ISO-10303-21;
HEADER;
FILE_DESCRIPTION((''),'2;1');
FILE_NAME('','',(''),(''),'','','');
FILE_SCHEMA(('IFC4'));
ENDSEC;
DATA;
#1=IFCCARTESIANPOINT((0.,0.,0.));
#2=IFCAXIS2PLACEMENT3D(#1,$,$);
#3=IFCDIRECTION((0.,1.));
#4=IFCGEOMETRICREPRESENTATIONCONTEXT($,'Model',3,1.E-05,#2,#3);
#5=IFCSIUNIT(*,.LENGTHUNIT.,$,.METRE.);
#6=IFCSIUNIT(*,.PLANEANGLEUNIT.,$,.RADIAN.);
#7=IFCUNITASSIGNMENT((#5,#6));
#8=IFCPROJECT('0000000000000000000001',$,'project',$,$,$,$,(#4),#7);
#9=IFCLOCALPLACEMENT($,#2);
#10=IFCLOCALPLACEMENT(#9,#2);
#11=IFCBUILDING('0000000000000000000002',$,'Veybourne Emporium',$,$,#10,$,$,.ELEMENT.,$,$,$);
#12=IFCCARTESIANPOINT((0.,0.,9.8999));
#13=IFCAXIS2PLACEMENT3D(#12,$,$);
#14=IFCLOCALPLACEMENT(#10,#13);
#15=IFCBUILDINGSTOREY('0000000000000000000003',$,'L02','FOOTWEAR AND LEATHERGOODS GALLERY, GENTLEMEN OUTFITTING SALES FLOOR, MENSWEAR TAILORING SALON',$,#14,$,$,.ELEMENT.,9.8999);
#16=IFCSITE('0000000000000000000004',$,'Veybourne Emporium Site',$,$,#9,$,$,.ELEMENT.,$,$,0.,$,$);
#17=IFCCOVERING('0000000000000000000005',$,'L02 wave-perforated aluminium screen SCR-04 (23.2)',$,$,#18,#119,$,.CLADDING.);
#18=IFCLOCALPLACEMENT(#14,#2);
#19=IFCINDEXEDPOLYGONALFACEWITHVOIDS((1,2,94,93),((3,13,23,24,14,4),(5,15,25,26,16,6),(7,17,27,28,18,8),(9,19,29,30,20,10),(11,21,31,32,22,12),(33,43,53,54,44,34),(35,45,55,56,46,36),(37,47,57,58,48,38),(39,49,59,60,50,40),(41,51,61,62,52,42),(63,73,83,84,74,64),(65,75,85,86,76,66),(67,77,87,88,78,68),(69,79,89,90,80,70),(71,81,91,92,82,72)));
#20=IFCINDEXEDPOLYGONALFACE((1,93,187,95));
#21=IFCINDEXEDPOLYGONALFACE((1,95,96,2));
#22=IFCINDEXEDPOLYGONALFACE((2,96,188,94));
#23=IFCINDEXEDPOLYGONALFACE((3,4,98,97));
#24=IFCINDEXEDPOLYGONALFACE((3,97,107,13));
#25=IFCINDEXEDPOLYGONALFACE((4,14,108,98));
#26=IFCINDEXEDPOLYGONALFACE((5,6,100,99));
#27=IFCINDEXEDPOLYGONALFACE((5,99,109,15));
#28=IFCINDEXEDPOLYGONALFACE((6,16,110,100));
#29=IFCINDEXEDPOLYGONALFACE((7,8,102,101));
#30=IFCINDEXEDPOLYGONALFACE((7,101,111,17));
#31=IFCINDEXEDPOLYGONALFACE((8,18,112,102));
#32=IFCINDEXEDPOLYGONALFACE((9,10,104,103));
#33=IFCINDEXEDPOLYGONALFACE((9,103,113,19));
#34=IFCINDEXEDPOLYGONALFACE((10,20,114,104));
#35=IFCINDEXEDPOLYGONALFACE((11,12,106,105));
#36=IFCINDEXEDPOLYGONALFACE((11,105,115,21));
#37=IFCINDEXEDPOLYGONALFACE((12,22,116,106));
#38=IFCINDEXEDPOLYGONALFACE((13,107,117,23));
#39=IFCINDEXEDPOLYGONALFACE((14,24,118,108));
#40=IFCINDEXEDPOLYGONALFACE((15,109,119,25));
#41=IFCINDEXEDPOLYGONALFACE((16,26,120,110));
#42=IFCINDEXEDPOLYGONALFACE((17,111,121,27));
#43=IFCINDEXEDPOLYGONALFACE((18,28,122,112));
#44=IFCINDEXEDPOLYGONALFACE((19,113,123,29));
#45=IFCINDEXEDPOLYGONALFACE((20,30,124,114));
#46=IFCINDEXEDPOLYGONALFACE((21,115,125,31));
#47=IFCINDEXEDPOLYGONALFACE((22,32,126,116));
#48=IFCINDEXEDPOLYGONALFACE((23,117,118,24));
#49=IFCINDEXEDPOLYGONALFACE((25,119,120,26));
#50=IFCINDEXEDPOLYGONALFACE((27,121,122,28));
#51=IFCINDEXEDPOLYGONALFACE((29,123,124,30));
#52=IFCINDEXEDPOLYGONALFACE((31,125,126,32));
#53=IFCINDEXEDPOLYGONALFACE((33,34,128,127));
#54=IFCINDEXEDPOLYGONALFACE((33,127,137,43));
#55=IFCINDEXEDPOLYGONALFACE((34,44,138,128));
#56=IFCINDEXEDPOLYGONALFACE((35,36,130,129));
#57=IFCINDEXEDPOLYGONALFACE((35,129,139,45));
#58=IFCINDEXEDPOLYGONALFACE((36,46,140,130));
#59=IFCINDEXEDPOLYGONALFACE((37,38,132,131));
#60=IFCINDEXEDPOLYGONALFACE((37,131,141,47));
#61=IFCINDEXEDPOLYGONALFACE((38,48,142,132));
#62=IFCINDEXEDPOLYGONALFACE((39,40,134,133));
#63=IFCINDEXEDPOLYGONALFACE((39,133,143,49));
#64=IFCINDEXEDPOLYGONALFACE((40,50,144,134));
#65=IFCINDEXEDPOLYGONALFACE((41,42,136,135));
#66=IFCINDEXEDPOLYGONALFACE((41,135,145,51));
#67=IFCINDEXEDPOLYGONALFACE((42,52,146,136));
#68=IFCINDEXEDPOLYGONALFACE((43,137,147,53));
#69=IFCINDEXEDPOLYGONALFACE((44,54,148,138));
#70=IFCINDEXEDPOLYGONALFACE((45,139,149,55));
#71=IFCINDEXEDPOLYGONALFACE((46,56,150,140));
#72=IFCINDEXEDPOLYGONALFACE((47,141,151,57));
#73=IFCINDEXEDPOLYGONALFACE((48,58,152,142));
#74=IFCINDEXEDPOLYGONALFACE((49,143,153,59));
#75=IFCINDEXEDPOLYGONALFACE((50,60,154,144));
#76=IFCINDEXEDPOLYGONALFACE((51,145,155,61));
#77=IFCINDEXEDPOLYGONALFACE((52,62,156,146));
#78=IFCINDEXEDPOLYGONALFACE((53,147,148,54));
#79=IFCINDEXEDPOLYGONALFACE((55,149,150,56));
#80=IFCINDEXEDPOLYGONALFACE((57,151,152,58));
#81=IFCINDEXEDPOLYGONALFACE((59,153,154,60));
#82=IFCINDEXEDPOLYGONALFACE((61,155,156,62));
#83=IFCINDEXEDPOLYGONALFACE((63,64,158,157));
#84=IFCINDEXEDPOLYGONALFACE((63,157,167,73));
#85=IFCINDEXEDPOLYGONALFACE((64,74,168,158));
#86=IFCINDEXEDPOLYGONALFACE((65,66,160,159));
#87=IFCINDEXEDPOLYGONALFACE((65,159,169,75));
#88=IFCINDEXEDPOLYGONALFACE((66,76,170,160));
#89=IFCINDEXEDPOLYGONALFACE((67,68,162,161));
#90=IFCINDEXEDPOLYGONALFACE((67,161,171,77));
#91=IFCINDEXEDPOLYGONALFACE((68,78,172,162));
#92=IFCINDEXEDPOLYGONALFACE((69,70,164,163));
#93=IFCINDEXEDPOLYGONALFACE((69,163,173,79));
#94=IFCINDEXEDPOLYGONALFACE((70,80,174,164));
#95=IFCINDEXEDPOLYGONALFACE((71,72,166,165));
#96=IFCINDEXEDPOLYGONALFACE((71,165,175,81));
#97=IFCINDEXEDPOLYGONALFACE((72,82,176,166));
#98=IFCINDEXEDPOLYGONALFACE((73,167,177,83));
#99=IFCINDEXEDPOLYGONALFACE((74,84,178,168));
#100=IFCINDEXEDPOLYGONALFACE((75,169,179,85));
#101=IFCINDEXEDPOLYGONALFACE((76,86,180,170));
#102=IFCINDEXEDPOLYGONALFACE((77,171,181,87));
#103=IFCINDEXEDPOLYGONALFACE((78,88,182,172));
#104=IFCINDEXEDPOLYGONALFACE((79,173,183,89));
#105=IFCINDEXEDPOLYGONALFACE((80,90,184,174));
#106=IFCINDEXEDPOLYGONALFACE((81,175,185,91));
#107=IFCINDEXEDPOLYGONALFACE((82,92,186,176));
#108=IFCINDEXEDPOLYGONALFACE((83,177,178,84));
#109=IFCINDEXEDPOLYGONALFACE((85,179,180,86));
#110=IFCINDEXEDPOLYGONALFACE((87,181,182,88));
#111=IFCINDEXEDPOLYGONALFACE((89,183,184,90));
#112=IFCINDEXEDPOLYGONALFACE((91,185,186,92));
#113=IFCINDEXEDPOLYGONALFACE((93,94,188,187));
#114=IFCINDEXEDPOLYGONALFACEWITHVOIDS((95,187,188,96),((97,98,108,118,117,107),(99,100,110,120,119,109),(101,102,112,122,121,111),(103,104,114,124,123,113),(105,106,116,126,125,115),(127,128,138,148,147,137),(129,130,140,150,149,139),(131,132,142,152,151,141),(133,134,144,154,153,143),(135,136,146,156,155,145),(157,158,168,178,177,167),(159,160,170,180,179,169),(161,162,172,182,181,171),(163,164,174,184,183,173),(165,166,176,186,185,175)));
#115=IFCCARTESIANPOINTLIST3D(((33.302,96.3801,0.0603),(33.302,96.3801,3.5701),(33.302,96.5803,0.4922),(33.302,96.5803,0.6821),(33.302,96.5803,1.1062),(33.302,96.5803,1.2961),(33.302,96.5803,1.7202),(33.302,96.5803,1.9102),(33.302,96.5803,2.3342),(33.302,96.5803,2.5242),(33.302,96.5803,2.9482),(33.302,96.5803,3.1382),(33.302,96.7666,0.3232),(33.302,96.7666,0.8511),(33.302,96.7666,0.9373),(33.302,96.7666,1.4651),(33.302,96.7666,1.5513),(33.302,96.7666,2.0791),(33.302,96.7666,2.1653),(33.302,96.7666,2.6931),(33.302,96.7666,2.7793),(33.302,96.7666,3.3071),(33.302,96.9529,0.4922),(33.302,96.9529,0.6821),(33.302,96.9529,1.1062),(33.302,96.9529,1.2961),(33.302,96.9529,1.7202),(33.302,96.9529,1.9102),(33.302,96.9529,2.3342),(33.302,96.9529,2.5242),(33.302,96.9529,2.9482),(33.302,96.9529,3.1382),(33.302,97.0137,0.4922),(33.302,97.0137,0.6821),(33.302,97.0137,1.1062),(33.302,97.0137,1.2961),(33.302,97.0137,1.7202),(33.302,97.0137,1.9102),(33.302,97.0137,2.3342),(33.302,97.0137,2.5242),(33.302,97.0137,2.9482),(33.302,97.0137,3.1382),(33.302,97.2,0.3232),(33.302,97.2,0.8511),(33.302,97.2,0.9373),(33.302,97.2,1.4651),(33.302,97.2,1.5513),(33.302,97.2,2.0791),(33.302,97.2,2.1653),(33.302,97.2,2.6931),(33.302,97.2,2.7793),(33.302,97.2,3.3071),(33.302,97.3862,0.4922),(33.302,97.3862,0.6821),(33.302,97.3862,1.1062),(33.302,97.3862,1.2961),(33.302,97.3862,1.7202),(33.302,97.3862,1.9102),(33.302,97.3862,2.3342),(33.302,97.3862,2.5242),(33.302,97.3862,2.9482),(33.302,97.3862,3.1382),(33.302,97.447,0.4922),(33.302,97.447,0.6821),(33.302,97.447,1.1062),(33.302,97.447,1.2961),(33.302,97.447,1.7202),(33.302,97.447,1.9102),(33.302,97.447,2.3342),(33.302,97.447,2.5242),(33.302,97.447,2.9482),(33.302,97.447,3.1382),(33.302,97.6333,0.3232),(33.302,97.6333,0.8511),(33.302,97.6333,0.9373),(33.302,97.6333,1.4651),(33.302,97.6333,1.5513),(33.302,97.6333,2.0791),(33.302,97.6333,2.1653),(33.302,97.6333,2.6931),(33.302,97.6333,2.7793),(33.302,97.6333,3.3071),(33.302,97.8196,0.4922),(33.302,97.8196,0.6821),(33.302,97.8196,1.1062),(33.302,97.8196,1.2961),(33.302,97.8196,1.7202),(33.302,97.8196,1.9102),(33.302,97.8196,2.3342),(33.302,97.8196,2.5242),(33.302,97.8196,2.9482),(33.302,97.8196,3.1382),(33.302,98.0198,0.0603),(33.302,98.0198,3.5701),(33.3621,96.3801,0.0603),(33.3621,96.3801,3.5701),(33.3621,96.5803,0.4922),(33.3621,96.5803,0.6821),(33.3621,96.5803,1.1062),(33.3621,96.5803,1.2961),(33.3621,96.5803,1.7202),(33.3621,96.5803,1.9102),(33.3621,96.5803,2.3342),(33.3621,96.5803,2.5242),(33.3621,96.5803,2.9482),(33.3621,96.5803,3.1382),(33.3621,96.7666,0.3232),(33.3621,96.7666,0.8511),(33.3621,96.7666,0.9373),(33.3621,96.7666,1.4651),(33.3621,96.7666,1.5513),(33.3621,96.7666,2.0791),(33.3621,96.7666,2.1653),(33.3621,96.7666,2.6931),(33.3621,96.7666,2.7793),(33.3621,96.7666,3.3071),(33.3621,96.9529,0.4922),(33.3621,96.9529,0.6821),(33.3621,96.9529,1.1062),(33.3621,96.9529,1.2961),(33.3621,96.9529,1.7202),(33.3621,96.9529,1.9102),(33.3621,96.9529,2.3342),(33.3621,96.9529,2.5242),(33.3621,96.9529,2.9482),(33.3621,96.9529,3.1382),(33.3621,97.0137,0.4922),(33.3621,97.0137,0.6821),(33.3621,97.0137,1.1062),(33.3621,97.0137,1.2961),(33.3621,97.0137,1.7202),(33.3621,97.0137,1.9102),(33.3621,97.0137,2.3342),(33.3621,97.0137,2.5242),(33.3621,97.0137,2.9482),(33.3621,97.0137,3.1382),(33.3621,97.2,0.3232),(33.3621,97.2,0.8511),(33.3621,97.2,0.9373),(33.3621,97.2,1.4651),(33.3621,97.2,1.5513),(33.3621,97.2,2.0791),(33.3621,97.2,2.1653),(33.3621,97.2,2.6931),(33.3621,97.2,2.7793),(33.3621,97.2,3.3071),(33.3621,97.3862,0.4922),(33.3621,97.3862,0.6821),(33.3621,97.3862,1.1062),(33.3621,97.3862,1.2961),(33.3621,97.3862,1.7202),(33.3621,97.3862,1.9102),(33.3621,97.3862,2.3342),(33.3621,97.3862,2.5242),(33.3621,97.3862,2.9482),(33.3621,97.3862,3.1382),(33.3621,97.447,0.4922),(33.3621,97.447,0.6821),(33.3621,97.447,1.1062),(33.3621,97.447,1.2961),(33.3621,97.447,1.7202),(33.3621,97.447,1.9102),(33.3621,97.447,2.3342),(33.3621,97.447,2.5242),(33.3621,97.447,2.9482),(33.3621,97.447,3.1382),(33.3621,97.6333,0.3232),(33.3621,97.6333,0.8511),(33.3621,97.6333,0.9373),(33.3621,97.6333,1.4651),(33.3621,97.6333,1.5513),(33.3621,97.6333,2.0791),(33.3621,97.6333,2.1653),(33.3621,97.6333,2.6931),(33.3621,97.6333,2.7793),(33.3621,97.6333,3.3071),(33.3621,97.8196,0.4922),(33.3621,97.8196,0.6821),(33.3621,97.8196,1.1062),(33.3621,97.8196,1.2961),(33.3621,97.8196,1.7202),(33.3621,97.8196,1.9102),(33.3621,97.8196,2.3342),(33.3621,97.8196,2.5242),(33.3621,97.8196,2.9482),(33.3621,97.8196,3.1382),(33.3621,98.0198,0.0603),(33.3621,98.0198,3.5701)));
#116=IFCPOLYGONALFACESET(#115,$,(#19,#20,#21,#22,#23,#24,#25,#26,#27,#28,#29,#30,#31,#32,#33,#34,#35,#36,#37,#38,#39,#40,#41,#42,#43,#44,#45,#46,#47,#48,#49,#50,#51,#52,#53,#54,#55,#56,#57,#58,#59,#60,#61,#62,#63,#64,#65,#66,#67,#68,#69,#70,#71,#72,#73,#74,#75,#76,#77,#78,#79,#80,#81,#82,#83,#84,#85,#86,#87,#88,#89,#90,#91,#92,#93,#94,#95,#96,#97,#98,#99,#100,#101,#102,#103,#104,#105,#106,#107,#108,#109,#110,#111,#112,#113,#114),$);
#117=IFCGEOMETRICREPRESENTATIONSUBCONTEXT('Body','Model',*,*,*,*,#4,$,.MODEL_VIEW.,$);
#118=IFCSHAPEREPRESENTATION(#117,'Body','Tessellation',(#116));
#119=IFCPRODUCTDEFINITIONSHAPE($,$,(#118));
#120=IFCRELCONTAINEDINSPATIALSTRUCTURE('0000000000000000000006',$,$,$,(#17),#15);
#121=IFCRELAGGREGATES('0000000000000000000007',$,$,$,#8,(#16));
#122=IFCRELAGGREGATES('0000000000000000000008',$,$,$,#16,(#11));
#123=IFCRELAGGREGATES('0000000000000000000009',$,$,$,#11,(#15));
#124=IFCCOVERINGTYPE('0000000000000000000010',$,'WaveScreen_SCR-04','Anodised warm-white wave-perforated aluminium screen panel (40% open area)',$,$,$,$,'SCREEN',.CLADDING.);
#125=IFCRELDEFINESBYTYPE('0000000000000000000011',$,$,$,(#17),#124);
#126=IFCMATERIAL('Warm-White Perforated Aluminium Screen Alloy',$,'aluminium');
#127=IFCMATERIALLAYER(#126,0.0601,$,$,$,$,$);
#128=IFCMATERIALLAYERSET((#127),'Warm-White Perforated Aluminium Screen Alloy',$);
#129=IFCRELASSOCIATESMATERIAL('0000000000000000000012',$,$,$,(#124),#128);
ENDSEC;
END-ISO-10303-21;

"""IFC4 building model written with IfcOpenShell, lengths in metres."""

from ifc_helpers import new_model, si_unit, direction, frame, origin, place, context, subcontext, project, spatial, polyline, outline, extrude, material, layer, layer_set, type_object, element, save


model = new_model("IFC4")

# Units and contexts
model_context = context("Model", 3, precision=1e-05, world=origin(), true_north=direction((0.0, 1.0)))
body_context = subcontext(model_context, "Body", "Model", "MODEL_VIEW")
ifc_project = project(units=[si_unit("LENGTHUNIT", "METRE"), si_unit("PLANEANGLEUNIT", "RADIAN")], contexts=[model_context])

# Site, building, storey
site_placement = place(None, origin())
site = spatial("IfcSite", under=ifc_project, at=site_placement, Name="Veybourne Emporium Site", CompositionType="ELEMENT", RefElevation=0.0)
building_placement = place(site_placement, origin())
building = spatial("IfcBuilding", under=site, at=building_placement, Name="Veybourne Emporium", CompositionType="ELEMENT")
storey_placement = place(building_placement, frame((0.0, 0.0, 9.8999)))
storey = spatial("IfcBuildingStorey", under=building, at=storey_placement, Name="L02", Description="FOOTWEAR AND LEATHERGOODS GALLERY, GENTLEMEN OUTFITTING SALES FLOOR, MENSWEAR TAILORING SALON", CompositionType="ELEMENT", Elevation=9.8999)

# Covering
ifc_material_1 = material(Name="Warm-White Perforated Aluminium Screen Alloy", Category="aluminium")
ifc_layer_1 = layer(ifc_material_1, 0.0601)
ifc_layer_set_1 = layer_set([ifc_layer_1], Name="Warm-White Perforated Aluminium Screen Alloy")
covering_type_1 = type_object("IfcCoveringType", Name="WaveScreen_SCR-04", Description="Anodised warm-white wave-perforated aluminium screen panel (40% open area)", ElementType="SCREEN", PredefinedType="CLADDING", material=ifc_layer_set_1)
covering_1_placement = place(storey_placement, frame((33.302, 97.2, 1.8152), z_axis=(1.0, 0.0, 0.0), x_axis=(0.0, 1.0, 0.0)))
element("IfcCovering", 1, at=covering_1_placement, inside=storey, type_object=covering_type_1, Name="L02 wave-perforated aluminium screen SCR-04 (23.2)", PredefinedType="CLADDING", context=body_context, shape_type="SweptSolid", body=[
    extrude(outline(polyline([(-0.8198, -1.7549), (0.8198, -1.7549), (0.8198, 1.7549), (-0.8198, 1.7549), (-0.8198, -1.7549)]), holes=[polyline([(-0.4333, -0.9641), (-0.2471, -1.1331), (-0.2471, -1.323), (-0.4333, -1.4919), (-0.6196, -1.323), (-0.6196, -1.1331), (-0.4333, -0.9641)]), polyline([(-0.4333, -0.3501), (-0.2471, -0.519), (-0.2471, -0.709), (-0.4333, -0.8779), (-0.6196, -0.709), (-0.6196, -0.519), (-0.4333, -0.3501)]), polyline([(-0.4333, 0.2639), (-0.2471, 0.095), (-0.2471, -0.095), (-0.4333, -0.2639), (-0.6196, -0.095), (-0.6196, 0.095), (-0.4333, 0.2639)]), polyline([(-0.4333, 0.8779), (-0.2471, 0.709), (-0.2471, 0.519), (-0.4333, 0.3501), (-0.6196, 0.519), (-0.6196, 0.709), (-0.4333, 0.8779)]), polyline([(-0.4333, 1.4919), (-0.2471, 1.323), (-0.2471, 1.1331), (-0.4333, 0.9641), (-0.6196, 1.1331), (-0.6196, 1.323), (-0.4333, 1.4919)]), polyline([(0.0, -0.9641), (0.1863, -1.1331), (0.1863, -1.323), (0.0, -1.4919), (-0.1863, -1.323), (-0.1863, -1.1331), (0.0, -0.9641)]), polyline([(0.0, -0.3501), (0.1863, -0.519), (0.1863, -0.709), (0.0, -0.8779), (-0.1863, -0.709), (-0.1863, -0.519), (0.0, -0.3501)]), polyline([(0.0, 0.2639), (0.1863, 0.095), (0.1863, -0.095), (0.0, -0.2639), (-0.1863, -0.095), (-0.1863, 0.095), (0.0, 0.2639)]), polyline([(0.0, 0.8779), (0.1863, 0.709), (0.1863, 0.519), (0.0, 0.3501), (-0.1863, 0.519), (-0.1863, 0.709), (0.0, 0.8779)]), polyline([(0.0, 1.4919), (0.1863, 1.323), (0.1863, 1.1331), (0.0, 0.9641), (-0.1863, 1.1331), (-0.1863, 1.323), (0.0, 1.4919)]), polyline([(0.4333, -0.9641), (0.6196, -1.1331), (0.6196, -1.323), (0.4333, -1.4919), (0.2471, -1.323), (0.2471, -1.1331), (0.4333, -0.9641)]), polyline([(0.4333, -0.3501), (0.6196, -0.519), (0.6196, -0.709), (0.4333, -0.8779), (0.2471, -0.709), (0.2471, -0.519), (0.4333, -0.3501)]), polyline([(0.4333, 0.2639), (0.6196, 0.095), (0.6196, -0.095), (0.4333, -0.2639), (0.2471, -0.095), (0.2471, 0.095), (0.4333, 0.2639)]), polyline([(0.4333, 0.8779), (0.6196, 0.709), (0.6196, 0.519), (0.4333, 0.3501), (0.2471, 0.519), (0.2471, 0.709), (0.4333, 0.8779)]), polyline([(0.4333, 1.4919), (0.6196, 1.323), (0.6196, 1.1331), (0.4333, 0.9641), (0.2471, 1.1331), (0.2471, 1.323), (0.4333, 1.4919)])]), origin(), (0.0, 0.0, 1.0), 0.0601),
])

save(model, "model.ifc")
